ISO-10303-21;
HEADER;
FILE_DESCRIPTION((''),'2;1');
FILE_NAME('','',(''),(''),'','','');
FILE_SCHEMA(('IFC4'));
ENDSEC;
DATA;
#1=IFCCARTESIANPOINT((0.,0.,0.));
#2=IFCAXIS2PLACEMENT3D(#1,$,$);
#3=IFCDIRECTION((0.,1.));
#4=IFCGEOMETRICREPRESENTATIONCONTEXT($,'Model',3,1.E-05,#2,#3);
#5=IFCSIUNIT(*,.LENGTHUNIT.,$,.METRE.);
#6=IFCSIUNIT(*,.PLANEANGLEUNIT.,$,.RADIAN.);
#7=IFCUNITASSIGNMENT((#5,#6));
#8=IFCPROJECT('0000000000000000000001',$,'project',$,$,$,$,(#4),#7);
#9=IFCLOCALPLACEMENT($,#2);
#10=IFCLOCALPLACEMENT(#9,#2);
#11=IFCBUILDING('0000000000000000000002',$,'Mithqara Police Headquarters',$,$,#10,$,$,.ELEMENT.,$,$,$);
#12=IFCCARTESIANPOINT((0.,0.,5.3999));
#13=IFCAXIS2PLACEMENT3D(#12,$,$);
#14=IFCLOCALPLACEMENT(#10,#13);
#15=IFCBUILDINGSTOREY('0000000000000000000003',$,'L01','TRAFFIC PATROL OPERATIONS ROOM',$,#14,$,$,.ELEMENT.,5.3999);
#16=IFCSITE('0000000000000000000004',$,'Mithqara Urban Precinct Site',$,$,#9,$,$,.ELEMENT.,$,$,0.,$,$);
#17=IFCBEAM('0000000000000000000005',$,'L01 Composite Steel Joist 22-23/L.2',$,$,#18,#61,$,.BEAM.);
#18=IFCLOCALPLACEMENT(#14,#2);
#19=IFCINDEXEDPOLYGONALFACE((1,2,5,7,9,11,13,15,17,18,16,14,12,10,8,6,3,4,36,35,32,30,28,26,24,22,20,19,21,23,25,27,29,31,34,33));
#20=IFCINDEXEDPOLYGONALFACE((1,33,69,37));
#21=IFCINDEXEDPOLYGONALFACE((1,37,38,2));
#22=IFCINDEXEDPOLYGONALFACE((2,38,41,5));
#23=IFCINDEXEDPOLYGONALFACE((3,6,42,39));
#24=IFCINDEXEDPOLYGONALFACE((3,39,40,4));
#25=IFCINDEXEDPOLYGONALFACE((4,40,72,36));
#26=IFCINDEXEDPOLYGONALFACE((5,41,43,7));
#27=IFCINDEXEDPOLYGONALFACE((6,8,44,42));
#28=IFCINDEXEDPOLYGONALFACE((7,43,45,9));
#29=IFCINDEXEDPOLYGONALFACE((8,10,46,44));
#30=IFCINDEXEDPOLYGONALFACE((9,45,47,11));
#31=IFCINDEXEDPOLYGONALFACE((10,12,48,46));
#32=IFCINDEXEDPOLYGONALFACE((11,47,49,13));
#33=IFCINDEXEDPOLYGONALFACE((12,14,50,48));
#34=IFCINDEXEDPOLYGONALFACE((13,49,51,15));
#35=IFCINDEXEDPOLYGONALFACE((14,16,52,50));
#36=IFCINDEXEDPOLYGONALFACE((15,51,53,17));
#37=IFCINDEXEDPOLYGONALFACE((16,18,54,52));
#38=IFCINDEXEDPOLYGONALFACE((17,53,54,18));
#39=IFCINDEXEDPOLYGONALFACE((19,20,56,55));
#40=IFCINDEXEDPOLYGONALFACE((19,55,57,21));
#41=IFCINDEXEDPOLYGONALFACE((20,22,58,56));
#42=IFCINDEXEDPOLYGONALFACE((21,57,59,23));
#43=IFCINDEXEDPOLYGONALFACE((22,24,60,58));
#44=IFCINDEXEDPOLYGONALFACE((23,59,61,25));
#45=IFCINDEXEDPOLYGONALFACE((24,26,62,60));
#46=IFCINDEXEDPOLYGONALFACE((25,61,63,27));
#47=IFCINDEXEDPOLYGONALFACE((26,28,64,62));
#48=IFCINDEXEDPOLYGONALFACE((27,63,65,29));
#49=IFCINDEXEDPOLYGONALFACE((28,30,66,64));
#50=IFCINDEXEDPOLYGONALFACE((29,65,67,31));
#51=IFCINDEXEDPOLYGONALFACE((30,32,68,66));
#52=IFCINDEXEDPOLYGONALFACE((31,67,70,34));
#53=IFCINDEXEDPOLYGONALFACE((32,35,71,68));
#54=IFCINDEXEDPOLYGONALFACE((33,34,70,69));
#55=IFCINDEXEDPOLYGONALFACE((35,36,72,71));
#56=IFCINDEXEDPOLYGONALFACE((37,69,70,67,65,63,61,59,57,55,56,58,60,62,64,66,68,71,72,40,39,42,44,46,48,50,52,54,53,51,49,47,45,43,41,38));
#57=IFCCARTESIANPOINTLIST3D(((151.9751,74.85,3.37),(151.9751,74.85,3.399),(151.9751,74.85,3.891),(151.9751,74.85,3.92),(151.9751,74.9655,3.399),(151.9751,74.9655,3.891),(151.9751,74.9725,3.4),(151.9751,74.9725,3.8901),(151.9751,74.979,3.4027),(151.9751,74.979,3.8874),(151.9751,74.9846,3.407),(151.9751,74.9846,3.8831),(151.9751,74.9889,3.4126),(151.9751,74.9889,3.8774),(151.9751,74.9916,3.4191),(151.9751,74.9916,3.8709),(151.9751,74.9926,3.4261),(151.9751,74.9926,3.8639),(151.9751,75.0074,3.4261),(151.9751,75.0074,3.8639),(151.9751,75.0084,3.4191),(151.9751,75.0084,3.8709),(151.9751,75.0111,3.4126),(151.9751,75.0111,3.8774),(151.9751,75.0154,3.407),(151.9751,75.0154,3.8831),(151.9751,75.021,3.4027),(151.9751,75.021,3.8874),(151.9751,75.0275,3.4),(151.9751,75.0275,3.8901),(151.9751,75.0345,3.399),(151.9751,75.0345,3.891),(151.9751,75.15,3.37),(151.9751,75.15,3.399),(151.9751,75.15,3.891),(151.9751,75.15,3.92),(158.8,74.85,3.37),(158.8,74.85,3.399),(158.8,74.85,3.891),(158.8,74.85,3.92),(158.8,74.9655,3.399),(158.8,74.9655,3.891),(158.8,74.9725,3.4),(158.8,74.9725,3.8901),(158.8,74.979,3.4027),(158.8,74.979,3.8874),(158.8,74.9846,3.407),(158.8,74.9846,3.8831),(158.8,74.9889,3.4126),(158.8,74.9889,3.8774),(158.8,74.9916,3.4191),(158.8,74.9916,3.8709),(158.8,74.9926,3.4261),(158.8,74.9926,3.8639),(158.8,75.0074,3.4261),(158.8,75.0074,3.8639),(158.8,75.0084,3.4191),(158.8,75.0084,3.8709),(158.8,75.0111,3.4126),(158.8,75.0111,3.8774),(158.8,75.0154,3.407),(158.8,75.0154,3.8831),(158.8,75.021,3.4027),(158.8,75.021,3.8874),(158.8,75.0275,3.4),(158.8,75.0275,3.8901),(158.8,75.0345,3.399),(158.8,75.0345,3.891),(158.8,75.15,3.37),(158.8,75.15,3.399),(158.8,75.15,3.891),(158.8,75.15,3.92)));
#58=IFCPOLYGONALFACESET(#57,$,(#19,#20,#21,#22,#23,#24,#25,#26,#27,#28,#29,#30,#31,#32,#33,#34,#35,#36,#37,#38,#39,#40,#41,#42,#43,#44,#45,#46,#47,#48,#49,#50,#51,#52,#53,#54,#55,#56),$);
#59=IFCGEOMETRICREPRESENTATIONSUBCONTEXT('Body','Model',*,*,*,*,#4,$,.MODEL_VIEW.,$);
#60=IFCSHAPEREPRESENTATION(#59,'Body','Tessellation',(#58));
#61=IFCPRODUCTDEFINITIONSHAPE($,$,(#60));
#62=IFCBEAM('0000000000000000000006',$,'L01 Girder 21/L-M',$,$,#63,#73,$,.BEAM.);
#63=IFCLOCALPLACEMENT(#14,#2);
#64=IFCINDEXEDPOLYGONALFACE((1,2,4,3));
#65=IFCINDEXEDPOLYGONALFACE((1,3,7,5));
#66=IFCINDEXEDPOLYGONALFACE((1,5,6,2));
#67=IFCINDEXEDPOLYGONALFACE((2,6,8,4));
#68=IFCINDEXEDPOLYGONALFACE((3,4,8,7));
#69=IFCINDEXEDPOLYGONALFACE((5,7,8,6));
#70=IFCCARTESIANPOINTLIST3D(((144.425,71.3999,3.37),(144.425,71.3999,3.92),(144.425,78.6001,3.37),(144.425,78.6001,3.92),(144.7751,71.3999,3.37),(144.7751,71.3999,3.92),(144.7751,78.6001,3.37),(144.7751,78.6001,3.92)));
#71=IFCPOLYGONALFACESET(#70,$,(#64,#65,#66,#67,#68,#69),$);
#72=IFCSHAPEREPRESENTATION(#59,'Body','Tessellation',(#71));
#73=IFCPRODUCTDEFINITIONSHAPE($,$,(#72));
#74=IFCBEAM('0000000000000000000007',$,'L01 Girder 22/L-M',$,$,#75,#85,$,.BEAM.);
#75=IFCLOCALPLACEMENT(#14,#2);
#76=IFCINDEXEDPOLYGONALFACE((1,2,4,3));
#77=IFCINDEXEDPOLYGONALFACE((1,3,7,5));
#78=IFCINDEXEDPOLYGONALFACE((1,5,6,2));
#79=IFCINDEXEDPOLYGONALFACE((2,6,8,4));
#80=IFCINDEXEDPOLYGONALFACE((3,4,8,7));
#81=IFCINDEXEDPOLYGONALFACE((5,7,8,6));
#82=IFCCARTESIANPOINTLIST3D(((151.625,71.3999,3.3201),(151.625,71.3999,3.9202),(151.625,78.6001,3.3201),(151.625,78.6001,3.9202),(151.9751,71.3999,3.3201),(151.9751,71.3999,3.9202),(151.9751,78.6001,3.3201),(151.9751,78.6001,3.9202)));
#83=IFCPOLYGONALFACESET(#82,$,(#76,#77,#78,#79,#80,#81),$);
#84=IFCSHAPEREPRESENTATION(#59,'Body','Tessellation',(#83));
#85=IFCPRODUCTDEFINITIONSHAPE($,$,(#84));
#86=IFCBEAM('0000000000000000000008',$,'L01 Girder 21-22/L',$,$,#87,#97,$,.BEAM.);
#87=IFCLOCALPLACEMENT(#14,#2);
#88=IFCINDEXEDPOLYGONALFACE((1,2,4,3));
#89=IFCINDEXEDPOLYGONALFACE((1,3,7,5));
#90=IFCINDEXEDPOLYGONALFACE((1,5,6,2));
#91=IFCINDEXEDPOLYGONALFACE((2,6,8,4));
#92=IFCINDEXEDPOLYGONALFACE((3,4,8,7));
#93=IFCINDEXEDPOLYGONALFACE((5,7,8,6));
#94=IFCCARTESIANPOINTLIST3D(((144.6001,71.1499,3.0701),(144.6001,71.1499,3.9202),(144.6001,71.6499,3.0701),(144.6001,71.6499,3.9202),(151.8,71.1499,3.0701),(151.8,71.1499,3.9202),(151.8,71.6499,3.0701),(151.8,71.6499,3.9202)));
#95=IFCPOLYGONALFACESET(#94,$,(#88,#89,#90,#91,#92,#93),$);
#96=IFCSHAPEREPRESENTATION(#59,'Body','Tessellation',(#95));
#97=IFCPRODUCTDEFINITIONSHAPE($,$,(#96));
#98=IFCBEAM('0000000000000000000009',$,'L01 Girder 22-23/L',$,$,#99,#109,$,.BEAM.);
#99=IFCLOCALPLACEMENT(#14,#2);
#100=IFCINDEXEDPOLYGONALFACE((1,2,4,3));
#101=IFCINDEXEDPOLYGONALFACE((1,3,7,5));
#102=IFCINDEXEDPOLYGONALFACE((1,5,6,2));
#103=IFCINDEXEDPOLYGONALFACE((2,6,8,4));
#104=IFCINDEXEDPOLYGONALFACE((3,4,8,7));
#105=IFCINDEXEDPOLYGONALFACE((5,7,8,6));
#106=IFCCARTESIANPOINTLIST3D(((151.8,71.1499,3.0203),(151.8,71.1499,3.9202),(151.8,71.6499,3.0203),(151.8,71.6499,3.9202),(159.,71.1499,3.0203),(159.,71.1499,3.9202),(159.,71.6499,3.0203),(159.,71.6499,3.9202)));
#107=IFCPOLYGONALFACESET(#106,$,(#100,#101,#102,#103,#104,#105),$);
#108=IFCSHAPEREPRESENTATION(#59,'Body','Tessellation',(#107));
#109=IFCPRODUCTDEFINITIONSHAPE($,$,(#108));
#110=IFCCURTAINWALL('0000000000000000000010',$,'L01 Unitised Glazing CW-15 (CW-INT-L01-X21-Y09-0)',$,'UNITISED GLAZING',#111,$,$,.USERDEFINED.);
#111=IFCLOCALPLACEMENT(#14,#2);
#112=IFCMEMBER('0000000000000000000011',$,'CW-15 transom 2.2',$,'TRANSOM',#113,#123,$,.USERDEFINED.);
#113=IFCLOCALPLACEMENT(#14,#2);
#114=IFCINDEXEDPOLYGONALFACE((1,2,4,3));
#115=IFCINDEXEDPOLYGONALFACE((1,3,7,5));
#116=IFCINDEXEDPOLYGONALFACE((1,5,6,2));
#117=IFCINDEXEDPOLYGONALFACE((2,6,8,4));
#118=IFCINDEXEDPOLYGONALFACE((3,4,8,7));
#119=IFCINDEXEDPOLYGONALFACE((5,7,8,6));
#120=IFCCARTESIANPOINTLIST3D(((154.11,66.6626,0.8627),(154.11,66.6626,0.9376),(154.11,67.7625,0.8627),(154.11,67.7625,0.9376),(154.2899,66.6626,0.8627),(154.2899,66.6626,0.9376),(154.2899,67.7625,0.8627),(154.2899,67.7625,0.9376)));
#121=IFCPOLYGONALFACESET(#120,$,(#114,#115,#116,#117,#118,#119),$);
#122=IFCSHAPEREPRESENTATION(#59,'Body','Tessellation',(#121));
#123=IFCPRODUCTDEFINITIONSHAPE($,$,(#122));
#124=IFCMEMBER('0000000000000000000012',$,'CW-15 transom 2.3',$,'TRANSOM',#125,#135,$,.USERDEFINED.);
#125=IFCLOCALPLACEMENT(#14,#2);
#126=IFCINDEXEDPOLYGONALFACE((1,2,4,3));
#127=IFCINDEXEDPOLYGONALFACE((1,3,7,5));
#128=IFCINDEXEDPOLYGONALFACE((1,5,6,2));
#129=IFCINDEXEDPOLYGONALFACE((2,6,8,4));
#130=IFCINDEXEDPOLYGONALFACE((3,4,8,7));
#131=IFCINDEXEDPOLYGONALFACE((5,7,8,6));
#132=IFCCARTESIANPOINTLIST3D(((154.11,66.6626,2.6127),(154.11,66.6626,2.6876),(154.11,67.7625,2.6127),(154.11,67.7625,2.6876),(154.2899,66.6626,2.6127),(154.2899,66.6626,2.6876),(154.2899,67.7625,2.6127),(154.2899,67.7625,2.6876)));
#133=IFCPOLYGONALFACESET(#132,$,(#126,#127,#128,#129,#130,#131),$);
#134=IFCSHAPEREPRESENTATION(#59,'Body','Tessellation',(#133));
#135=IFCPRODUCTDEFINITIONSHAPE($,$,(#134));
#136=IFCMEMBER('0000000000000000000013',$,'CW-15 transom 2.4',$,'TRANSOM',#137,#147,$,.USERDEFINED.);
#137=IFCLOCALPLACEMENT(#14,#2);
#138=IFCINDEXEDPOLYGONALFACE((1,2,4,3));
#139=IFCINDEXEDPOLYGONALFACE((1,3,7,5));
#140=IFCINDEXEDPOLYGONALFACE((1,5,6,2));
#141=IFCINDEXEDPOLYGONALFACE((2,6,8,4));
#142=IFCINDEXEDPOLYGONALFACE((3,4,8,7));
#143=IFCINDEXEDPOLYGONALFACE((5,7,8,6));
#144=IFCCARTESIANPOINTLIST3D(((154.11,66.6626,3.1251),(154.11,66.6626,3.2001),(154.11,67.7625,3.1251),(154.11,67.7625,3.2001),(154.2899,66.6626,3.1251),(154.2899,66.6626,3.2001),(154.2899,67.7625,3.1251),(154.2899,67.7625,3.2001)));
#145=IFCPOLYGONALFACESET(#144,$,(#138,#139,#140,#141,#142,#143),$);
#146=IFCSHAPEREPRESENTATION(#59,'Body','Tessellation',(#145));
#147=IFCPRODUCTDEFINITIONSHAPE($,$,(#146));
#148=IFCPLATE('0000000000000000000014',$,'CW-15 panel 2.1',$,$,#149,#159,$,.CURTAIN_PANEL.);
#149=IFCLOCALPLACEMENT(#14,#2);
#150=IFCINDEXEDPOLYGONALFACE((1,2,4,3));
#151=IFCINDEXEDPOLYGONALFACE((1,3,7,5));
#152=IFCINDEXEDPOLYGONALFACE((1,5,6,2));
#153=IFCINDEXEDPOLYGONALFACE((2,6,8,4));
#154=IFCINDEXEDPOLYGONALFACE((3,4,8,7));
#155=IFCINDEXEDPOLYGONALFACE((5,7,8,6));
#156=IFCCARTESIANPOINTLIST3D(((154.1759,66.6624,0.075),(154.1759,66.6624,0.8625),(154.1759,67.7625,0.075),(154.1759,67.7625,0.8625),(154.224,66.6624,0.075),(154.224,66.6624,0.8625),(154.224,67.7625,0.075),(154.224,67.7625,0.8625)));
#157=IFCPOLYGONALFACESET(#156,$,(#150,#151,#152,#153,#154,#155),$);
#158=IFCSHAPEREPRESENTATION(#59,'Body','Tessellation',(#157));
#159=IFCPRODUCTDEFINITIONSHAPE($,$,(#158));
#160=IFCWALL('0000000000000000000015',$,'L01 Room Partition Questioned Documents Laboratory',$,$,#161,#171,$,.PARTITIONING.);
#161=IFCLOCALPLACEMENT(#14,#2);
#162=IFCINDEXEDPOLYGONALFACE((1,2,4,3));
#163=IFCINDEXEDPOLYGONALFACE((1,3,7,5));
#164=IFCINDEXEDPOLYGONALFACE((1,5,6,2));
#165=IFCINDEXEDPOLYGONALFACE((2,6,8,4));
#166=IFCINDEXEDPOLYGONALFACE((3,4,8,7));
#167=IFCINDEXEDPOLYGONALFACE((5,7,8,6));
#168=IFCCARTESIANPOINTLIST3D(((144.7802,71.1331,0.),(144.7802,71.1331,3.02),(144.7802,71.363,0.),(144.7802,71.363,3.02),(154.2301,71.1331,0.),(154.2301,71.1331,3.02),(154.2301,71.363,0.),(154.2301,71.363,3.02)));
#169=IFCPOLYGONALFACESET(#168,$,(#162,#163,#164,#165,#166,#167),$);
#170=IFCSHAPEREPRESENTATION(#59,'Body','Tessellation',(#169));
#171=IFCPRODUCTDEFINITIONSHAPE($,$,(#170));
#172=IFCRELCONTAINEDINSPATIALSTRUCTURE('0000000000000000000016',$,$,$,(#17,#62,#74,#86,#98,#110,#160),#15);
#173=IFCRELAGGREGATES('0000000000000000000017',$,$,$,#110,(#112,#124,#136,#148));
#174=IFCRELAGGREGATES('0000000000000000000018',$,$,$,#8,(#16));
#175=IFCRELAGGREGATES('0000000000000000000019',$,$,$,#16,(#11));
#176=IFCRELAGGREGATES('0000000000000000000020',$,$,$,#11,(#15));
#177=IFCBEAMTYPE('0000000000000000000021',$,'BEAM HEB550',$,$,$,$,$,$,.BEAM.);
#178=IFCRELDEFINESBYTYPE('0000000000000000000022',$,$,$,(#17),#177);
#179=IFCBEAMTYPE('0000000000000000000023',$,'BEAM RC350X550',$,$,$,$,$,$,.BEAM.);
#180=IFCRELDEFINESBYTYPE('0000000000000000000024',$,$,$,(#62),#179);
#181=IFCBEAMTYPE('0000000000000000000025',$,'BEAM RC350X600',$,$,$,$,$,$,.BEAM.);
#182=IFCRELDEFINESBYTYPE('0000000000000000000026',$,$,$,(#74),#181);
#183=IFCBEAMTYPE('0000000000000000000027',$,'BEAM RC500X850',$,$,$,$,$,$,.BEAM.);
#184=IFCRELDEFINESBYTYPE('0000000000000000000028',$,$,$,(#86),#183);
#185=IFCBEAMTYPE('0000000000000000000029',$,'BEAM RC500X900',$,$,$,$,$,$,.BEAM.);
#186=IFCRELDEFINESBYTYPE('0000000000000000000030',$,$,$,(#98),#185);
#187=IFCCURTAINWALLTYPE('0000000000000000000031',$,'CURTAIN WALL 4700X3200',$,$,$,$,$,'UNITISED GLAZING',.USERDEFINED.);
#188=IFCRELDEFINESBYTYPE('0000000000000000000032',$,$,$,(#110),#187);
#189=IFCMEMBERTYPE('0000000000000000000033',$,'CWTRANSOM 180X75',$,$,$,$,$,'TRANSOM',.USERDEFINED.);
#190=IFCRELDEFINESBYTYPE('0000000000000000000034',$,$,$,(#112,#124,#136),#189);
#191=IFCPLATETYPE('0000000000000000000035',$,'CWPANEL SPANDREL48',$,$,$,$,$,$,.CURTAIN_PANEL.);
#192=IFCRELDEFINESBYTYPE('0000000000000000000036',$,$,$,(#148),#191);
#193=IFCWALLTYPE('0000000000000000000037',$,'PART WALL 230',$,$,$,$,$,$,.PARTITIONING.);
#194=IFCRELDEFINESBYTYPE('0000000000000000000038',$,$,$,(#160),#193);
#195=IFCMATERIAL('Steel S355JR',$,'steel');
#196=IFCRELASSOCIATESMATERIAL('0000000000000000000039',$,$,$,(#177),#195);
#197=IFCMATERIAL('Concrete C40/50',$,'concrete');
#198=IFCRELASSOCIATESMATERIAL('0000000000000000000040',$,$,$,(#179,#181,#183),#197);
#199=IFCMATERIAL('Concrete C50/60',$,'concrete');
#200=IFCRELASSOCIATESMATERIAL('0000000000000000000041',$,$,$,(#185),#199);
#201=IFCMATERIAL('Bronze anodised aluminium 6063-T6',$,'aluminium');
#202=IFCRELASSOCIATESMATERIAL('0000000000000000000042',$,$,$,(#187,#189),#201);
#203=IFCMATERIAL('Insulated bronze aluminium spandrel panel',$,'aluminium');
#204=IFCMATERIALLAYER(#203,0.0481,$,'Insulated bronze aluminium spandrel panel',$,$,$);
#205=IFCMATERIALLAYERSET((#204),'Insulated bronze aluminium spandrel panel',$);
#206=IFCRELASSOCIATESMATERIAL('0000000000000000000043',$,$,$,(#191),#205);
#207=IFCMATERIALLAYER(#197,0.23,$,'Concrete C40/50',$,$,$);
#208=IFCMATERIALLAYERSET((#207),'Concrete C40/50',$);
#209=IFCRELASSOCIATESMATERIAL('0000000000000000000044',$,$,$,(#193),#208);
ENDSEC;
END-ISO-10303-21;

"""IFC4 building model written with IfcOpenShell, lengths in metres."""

from ifc_helpers import new_model, si_unit, direction, frame, frame_2d, origin, origin_2d, place, context, subcontext, project, spatial, rectangle, i_section, extrude, material, layer, layer_set, material_profile, profile_set, type_object, element, aggregate, save


model = new_model("IFC4")

# Units and contexts
model_context = context("Model", 3, precision=1e-05, world=origin(), true_north=direction((0.0, 1.0)))
body_context = subcontext(model_context, "Body", "Model", "MODEL_VIEW")
ifc_project = project(units=[si_unit("LENGTHUNIT", "METRE"), si_unit("PLANEANGLEUNIT", "RADIAN")], contexts=[model_context])

# Site, building, storey
site_placement = place(None, origin())
site = spatial("IfcSite", under=ifc_project, at=site_placement, Name="Mithqara Urban Precinct Site", CompositionType="ELEMENT", RefElevation=0.0)
building_placement = place(site_placement, origin())
building = spatial("IfcBuilding", under=site, at=building_placement, Name="Mithqara Police Headquarters", CompositionType="ELEMENT")
storey_placement = place(building_placement, frame((0.0, 0.0, 5.3999)))
storey = spatial("IfcBuildingStorey", under=building, at=storey_placement, Name="L01", Description="TRAFFIC PATROL OPERATIONS ROOM", CompositionType="ELEMENT", Elevation=5.3999)

# Shared definitions
ifc_material_1 = material(Name="Concrete C50/60", Category="concrete")

# Beams
ifc_material_2 = material(Name="Steel S355JR", Category="steel")
ifc_material_profile_1 = material_profile(ifc_material_2, i_section(OverallWidth=0.3, OverallDepth=0.55, WebThickness=0.0149, FlangeThickness=0.0291, FilletRadius=0.0271, at=origin_2d()), Name="HEB 550")
ifc_profile_set_1 = profile_set([ifc_material_profile_1], Name="Steel S355JR")
beam_type_1 = type_object("IfcBeamType", Name="BEAM HEB550", PredefinedType="BEAM", material=ifc_profile_set_1)
for number, where, z_axis, x_axis, name in (
    (1, (151.9751, 75.0, 3.645), (1.0, 0.0, 0.0), (0.0, 1.0, 0.0), "L01 Composite Steel Joist 22-23/L.2"),
):
    element("IfcBeam", number, at=place(storey_placement, frame(where, z_axis=z_axis, x_axis=x_axis)), inside=storey, type_object=beam_type_1, Name=name, PredefinedType="BEAM", context=body_context, shape_type="SweptSolid", body=[
        extrude(i_section(OverallWidth=0.3, OverallDepth=0.55, WebThickness=0.0149, FlangeThickness=0.0291, FilletRadius=0.0271, at=origin_2d()), origin(), (0.0, 0.0, 1.0), 6.825),
    ])
ifc_material_3 = material(Name="Concrete C40/50", Category="concrete")
ifc_material_profile_2 = material_profile(ifc_material_3, rectangle(XDim=0.3501, YDim=0.55, at=origin_2d()), Name="RC 350x550")
ifc_profile_set_2 = profile_set([ifc_material_profile_2], Name="Concrete C40/50")
beam_type_2 = type_object("IfcBeamType", Name="BEAM RC350X550", PredefinedType="BEAM", material=ifc_profile_set_2)
beam_1_placement = place(storey_placement, frame((144.6001, 71.3999, 3.645), z_axis=(0.0, 1.0, 0.0), x_axis=(-1.0, 0.0, 0.0)))
element("IfcBeam", 2, at=beam_1_placement, inside=storey, type_object=beam_type_2, Name="L01 Girder 21/L-M", PredefinedType="BEAM", context=body_context, shape_type="SweptSolid", body=[
    extrude(rectangle(XDim=0.3501, YDim=0.55, at=origin_2d()), origin(), (0.0, 0.0, 1.0), 7.2002),
])
ifc_material_profile_3 = material_profile(ifc_material_3, rectangle(XDim=0.3501, YDim=0.6001, at=origin_2d()), Name="RC 350x600")
ifc_profile_set_3 = profile_set([ifc_material_profile_3], Name="Concrete C40/50")
beam_type_3 = type_object("IfcBeamType", Name="BEAM RC350X600", PredefinedType="BEAM", material=ifc_profile_set_3)
beam_2_placement = place(storey_placement, frame((151.8, 71.3999, 3.6201), z_axis=(0.0, 1.0, 0.0), x_axis=(-1.0, 0.0, 0.0)))
element("IfcBeam", 3, at=beam_2_placement, inside=storey, type_object=beam_type_3, Name="L01 Girder 22/L-M", PredefinedType="BEAM", context=body_context, shape_type="SweptSolid", body=[
    extrude(rectangle(XDim=0.3501, YDim=0.6001, at=origin_2d()), origin(), (0.0, 0.0, 1.0), 7.2002),
])
ifc_material_profile_4 = material_profile(ifc_material_3, rectangle(XDim=0.5, YDim=0.8501, at=origin_2d()), Name="RC 500x850")
ifc_profile_set_4 = profile_set([ifc_material_profile_4], Name="Concrete C40/50")
beam_type_4 = type_object("IfcBeamType", Name="BEAM RC500X850", PredefinedType="BEAM", material=ifc_profile_set_4)
beam_3_placement = place(storey_placement, frame((144.6001, 71.3999, 3.4951), z_axis=(1.0, 0.0, 0.0), x_axis=(0.0, 1.0, 0.0)))
element("IfcBeam", 4, at=beam_3_placement, inside=storey, type_object=beam_type_4, Name="L01 Girder 21-22/L", PredefinedType="BEAM", context=body_context, shape_type="SweptSolid", body=[
    extrude(rectangle(XDim=0.5, YDim=0.8501, at=origin_2d()), origin(), (0.0, 0.0, 1.0), 7.2),
])
ifc_material_profile_5 = material_profile(ifc_material_1, rectangle(XDim=0.5, YDim=0.8999, at=origin_2d()), Name="RC 500x900")
ifc_profile_set_5 = profile_set([ifc_material_profile_5], Name="Concrete C50/60")
beam_type_5 = type_object("IfcBeamType", Name="BEAM RC500X900", PredefinedType="BEAM", material=ifc_profile_set_5)
beam_4_placement = place(storey_placement, frame((151.8, 71.3999, 3.4702), z_axis=(1.0, 0.0, 0.0), x_axis=(0.0, 1.0, 0.0)))
element("IfcBeam", 5, at=beam_4_placement, inside=storey, type_object=beam_type_5, Name="L01 Girder 22-23/L", PredefinedType="BEAM", context=body_context, shape_type="SweptSolid", body=[
    extrude(rectangle(XDim=0.5, YDim=0.8999, at=origin_2d()), origin(), (0.0, 0.0, 1.0), 7.2),
])

# Curtain wall, members, plate
ifc_material_4 = material(Name="Bronze anodised aluminium 6063-T6", Category="aluminium")
curtain_wall_type = type_object("IfcCurtainWallType", Name="CURTAIN WALL 4700X3200", ElementType="UNITISED GLAZING", PredefinedType="USERDEFINED", material=ifc_material_4)
curtain_wall_placement = place(storey_placement, origin())
curtain_wall = element("IfcCurtainWall", 6, at=curtain_wall_placement, inside=storey, type_object=curtain_wall_type, Name="L01 Unitised Glazing CW-15 (CW-INT-L01-X21-Y09-0)", ObjectType="UNITISED GLAZING", PredefinedType="USERDEFINED")
ifc_material_profile_6 = material_profile(ifc_material_4, rectangle(XDim=0.1799, YDim=0.075, at=origin_2d()), Name="CWT 180x75")
ifc_profile_set_6 = profile_set([ifc_material_profile_6], Name="Bronze anodised aluminium 6063-T6")
member_type = type_object("IfcMemberType", Name="CWTRANSOM 180X75", ElementType="TRANSOM", PredefinedType="USERDEFINED", material=ifc_profile_set_6)
member_1_placement = place(storey_placement, frame((154.2, 66.6626, 0.9001), z_axis=(0.0, 1.0, 0.0), x_axis=(-1.0, 0.0, 0.0)))
member_1 = element("IfcMember", 7, at=member_1_placement, type_object=member_type, Name="CW-15 transom 2.2", ObjectType="TRANSOM", PredefinedType="USERDEFINED", context=body_context, shape_type="SweptSolid", body=[
    extrude(rectangle(XDim=0.1799, YDim=0.075, at=origin_2d()), origin(), (0.0, 0.0, 1.0), 1.0999),
])
member_2_placement = place(storey_placement, frame((154.2, 66.6626, 2.6501), z_axis=(0.0, 1.0, 0.0), x_axis=(-1.0, 0.0, 0.0)))
member_2 = element("IfcMember", 8, at=member_2_placement, type_object=member_type, Name="CW-15 transom 2.3", ObjectType="TRANSOM", PredefinedType="USERDEFINED", context=body_context, shape_type="SweptSolid", body=[
    extrude(rectangle(XDim=0.1799, YDim=0.075, at=origin_2d()), origin(), (0.0, 0.0, 1.0), 1.0999),
])
member_3_placement = place(storey_placement, frame((154.2, 66.6626, 3.1626), z_axis=(0.0, 1.0, 0.0), x_axis=(-1.0, 0.0, 0.0)))
member_3 = element("IfcMember", 9, at=member_3_placement, type_object=member_type, Name="CW-15 transom 2.4", ObjectType="TRANSOM", PredefinedType="USERDEFINED", context=body_context, shape_type="SweptSolid", body=[
    extrude(rectangle(XDim=0.1799, YDim=0.075, at=origin_2d()), origin(), (0.0, 0.0, 1.0), 1.0999),
])
ifc_material_5 = material(Name="Insulated bronze aluminium spandrel panel", Category="aluminium")
ifc_layer_1 = layer(ifc_material_5, 0.0481, Name="Insulated bronze aluminium spandrel panel")
ifc_layer_set_1 = layer_set([ifc_layer_1], Name="Insulated bronze aluminium spandrel panel")
plate_type = type_object("IfcPlateType", Name="CWPANEL SPANDREL48", PredefinedType="CURTAIN_PANEL", material=ifc_layer_set_1)
plate_placement = place(storey_placement, frame((154.2, 67.2124, 0.075), z_axis=(0.0, 0.0, 1.0), x_axis=(0.0, 1.0, 0.0)))
plate = element("IfcPlate", 10, at=plate_placement, type_object=plate_type, Name="CW-15 panel 2.1", PredefinedType="CURTAIN_PANEL", context=body_context, shape_type="SweptSolid", body=[
    extrude(rectangle(XDim=1.1001, YDim=0.0481, at=origin_2d()), origin(), (0.0, 0.0, 1.0), 0.7876),
])
aggregate(curtain_wall, [member_1, member_2, member_3, plate])

# Wall
ifc_layer_2 = layer(ifc_material_3, 0.23, Name="Concrete C40/50")
ifc_layer_set_2 = layer_set([ifc_layer_2], Name="Concrete C40/50")
wall_type = type_object("IfcWallType", Name="PART WALL 230", PredefinedType="PARTITIONING", material=ifc_layer_set_2)
wall_placement = place(storey_placement, frame((144.78, 71.248, 0.0), z_axis=(0.0, 0.0, 1.0), x_axis=(1.0, 0.0, 0.0)))
element("IfcWall", 11, at=wall_placement, inside=storey, type_object=wall_type, Name="L01 Room Partition Questioned Documents Laboratory", PredefinedType="PARTITIONING", context=body_context, shape_type="SweptSolid", body=[
    extrude(rectangle(XDim=9.45, YDim=0.23, at=frame_2d((4.7251, 0.0))), origin(), (0.0, 0.0, 1.0), 3.02),
])

save(model, "model.ifc")
